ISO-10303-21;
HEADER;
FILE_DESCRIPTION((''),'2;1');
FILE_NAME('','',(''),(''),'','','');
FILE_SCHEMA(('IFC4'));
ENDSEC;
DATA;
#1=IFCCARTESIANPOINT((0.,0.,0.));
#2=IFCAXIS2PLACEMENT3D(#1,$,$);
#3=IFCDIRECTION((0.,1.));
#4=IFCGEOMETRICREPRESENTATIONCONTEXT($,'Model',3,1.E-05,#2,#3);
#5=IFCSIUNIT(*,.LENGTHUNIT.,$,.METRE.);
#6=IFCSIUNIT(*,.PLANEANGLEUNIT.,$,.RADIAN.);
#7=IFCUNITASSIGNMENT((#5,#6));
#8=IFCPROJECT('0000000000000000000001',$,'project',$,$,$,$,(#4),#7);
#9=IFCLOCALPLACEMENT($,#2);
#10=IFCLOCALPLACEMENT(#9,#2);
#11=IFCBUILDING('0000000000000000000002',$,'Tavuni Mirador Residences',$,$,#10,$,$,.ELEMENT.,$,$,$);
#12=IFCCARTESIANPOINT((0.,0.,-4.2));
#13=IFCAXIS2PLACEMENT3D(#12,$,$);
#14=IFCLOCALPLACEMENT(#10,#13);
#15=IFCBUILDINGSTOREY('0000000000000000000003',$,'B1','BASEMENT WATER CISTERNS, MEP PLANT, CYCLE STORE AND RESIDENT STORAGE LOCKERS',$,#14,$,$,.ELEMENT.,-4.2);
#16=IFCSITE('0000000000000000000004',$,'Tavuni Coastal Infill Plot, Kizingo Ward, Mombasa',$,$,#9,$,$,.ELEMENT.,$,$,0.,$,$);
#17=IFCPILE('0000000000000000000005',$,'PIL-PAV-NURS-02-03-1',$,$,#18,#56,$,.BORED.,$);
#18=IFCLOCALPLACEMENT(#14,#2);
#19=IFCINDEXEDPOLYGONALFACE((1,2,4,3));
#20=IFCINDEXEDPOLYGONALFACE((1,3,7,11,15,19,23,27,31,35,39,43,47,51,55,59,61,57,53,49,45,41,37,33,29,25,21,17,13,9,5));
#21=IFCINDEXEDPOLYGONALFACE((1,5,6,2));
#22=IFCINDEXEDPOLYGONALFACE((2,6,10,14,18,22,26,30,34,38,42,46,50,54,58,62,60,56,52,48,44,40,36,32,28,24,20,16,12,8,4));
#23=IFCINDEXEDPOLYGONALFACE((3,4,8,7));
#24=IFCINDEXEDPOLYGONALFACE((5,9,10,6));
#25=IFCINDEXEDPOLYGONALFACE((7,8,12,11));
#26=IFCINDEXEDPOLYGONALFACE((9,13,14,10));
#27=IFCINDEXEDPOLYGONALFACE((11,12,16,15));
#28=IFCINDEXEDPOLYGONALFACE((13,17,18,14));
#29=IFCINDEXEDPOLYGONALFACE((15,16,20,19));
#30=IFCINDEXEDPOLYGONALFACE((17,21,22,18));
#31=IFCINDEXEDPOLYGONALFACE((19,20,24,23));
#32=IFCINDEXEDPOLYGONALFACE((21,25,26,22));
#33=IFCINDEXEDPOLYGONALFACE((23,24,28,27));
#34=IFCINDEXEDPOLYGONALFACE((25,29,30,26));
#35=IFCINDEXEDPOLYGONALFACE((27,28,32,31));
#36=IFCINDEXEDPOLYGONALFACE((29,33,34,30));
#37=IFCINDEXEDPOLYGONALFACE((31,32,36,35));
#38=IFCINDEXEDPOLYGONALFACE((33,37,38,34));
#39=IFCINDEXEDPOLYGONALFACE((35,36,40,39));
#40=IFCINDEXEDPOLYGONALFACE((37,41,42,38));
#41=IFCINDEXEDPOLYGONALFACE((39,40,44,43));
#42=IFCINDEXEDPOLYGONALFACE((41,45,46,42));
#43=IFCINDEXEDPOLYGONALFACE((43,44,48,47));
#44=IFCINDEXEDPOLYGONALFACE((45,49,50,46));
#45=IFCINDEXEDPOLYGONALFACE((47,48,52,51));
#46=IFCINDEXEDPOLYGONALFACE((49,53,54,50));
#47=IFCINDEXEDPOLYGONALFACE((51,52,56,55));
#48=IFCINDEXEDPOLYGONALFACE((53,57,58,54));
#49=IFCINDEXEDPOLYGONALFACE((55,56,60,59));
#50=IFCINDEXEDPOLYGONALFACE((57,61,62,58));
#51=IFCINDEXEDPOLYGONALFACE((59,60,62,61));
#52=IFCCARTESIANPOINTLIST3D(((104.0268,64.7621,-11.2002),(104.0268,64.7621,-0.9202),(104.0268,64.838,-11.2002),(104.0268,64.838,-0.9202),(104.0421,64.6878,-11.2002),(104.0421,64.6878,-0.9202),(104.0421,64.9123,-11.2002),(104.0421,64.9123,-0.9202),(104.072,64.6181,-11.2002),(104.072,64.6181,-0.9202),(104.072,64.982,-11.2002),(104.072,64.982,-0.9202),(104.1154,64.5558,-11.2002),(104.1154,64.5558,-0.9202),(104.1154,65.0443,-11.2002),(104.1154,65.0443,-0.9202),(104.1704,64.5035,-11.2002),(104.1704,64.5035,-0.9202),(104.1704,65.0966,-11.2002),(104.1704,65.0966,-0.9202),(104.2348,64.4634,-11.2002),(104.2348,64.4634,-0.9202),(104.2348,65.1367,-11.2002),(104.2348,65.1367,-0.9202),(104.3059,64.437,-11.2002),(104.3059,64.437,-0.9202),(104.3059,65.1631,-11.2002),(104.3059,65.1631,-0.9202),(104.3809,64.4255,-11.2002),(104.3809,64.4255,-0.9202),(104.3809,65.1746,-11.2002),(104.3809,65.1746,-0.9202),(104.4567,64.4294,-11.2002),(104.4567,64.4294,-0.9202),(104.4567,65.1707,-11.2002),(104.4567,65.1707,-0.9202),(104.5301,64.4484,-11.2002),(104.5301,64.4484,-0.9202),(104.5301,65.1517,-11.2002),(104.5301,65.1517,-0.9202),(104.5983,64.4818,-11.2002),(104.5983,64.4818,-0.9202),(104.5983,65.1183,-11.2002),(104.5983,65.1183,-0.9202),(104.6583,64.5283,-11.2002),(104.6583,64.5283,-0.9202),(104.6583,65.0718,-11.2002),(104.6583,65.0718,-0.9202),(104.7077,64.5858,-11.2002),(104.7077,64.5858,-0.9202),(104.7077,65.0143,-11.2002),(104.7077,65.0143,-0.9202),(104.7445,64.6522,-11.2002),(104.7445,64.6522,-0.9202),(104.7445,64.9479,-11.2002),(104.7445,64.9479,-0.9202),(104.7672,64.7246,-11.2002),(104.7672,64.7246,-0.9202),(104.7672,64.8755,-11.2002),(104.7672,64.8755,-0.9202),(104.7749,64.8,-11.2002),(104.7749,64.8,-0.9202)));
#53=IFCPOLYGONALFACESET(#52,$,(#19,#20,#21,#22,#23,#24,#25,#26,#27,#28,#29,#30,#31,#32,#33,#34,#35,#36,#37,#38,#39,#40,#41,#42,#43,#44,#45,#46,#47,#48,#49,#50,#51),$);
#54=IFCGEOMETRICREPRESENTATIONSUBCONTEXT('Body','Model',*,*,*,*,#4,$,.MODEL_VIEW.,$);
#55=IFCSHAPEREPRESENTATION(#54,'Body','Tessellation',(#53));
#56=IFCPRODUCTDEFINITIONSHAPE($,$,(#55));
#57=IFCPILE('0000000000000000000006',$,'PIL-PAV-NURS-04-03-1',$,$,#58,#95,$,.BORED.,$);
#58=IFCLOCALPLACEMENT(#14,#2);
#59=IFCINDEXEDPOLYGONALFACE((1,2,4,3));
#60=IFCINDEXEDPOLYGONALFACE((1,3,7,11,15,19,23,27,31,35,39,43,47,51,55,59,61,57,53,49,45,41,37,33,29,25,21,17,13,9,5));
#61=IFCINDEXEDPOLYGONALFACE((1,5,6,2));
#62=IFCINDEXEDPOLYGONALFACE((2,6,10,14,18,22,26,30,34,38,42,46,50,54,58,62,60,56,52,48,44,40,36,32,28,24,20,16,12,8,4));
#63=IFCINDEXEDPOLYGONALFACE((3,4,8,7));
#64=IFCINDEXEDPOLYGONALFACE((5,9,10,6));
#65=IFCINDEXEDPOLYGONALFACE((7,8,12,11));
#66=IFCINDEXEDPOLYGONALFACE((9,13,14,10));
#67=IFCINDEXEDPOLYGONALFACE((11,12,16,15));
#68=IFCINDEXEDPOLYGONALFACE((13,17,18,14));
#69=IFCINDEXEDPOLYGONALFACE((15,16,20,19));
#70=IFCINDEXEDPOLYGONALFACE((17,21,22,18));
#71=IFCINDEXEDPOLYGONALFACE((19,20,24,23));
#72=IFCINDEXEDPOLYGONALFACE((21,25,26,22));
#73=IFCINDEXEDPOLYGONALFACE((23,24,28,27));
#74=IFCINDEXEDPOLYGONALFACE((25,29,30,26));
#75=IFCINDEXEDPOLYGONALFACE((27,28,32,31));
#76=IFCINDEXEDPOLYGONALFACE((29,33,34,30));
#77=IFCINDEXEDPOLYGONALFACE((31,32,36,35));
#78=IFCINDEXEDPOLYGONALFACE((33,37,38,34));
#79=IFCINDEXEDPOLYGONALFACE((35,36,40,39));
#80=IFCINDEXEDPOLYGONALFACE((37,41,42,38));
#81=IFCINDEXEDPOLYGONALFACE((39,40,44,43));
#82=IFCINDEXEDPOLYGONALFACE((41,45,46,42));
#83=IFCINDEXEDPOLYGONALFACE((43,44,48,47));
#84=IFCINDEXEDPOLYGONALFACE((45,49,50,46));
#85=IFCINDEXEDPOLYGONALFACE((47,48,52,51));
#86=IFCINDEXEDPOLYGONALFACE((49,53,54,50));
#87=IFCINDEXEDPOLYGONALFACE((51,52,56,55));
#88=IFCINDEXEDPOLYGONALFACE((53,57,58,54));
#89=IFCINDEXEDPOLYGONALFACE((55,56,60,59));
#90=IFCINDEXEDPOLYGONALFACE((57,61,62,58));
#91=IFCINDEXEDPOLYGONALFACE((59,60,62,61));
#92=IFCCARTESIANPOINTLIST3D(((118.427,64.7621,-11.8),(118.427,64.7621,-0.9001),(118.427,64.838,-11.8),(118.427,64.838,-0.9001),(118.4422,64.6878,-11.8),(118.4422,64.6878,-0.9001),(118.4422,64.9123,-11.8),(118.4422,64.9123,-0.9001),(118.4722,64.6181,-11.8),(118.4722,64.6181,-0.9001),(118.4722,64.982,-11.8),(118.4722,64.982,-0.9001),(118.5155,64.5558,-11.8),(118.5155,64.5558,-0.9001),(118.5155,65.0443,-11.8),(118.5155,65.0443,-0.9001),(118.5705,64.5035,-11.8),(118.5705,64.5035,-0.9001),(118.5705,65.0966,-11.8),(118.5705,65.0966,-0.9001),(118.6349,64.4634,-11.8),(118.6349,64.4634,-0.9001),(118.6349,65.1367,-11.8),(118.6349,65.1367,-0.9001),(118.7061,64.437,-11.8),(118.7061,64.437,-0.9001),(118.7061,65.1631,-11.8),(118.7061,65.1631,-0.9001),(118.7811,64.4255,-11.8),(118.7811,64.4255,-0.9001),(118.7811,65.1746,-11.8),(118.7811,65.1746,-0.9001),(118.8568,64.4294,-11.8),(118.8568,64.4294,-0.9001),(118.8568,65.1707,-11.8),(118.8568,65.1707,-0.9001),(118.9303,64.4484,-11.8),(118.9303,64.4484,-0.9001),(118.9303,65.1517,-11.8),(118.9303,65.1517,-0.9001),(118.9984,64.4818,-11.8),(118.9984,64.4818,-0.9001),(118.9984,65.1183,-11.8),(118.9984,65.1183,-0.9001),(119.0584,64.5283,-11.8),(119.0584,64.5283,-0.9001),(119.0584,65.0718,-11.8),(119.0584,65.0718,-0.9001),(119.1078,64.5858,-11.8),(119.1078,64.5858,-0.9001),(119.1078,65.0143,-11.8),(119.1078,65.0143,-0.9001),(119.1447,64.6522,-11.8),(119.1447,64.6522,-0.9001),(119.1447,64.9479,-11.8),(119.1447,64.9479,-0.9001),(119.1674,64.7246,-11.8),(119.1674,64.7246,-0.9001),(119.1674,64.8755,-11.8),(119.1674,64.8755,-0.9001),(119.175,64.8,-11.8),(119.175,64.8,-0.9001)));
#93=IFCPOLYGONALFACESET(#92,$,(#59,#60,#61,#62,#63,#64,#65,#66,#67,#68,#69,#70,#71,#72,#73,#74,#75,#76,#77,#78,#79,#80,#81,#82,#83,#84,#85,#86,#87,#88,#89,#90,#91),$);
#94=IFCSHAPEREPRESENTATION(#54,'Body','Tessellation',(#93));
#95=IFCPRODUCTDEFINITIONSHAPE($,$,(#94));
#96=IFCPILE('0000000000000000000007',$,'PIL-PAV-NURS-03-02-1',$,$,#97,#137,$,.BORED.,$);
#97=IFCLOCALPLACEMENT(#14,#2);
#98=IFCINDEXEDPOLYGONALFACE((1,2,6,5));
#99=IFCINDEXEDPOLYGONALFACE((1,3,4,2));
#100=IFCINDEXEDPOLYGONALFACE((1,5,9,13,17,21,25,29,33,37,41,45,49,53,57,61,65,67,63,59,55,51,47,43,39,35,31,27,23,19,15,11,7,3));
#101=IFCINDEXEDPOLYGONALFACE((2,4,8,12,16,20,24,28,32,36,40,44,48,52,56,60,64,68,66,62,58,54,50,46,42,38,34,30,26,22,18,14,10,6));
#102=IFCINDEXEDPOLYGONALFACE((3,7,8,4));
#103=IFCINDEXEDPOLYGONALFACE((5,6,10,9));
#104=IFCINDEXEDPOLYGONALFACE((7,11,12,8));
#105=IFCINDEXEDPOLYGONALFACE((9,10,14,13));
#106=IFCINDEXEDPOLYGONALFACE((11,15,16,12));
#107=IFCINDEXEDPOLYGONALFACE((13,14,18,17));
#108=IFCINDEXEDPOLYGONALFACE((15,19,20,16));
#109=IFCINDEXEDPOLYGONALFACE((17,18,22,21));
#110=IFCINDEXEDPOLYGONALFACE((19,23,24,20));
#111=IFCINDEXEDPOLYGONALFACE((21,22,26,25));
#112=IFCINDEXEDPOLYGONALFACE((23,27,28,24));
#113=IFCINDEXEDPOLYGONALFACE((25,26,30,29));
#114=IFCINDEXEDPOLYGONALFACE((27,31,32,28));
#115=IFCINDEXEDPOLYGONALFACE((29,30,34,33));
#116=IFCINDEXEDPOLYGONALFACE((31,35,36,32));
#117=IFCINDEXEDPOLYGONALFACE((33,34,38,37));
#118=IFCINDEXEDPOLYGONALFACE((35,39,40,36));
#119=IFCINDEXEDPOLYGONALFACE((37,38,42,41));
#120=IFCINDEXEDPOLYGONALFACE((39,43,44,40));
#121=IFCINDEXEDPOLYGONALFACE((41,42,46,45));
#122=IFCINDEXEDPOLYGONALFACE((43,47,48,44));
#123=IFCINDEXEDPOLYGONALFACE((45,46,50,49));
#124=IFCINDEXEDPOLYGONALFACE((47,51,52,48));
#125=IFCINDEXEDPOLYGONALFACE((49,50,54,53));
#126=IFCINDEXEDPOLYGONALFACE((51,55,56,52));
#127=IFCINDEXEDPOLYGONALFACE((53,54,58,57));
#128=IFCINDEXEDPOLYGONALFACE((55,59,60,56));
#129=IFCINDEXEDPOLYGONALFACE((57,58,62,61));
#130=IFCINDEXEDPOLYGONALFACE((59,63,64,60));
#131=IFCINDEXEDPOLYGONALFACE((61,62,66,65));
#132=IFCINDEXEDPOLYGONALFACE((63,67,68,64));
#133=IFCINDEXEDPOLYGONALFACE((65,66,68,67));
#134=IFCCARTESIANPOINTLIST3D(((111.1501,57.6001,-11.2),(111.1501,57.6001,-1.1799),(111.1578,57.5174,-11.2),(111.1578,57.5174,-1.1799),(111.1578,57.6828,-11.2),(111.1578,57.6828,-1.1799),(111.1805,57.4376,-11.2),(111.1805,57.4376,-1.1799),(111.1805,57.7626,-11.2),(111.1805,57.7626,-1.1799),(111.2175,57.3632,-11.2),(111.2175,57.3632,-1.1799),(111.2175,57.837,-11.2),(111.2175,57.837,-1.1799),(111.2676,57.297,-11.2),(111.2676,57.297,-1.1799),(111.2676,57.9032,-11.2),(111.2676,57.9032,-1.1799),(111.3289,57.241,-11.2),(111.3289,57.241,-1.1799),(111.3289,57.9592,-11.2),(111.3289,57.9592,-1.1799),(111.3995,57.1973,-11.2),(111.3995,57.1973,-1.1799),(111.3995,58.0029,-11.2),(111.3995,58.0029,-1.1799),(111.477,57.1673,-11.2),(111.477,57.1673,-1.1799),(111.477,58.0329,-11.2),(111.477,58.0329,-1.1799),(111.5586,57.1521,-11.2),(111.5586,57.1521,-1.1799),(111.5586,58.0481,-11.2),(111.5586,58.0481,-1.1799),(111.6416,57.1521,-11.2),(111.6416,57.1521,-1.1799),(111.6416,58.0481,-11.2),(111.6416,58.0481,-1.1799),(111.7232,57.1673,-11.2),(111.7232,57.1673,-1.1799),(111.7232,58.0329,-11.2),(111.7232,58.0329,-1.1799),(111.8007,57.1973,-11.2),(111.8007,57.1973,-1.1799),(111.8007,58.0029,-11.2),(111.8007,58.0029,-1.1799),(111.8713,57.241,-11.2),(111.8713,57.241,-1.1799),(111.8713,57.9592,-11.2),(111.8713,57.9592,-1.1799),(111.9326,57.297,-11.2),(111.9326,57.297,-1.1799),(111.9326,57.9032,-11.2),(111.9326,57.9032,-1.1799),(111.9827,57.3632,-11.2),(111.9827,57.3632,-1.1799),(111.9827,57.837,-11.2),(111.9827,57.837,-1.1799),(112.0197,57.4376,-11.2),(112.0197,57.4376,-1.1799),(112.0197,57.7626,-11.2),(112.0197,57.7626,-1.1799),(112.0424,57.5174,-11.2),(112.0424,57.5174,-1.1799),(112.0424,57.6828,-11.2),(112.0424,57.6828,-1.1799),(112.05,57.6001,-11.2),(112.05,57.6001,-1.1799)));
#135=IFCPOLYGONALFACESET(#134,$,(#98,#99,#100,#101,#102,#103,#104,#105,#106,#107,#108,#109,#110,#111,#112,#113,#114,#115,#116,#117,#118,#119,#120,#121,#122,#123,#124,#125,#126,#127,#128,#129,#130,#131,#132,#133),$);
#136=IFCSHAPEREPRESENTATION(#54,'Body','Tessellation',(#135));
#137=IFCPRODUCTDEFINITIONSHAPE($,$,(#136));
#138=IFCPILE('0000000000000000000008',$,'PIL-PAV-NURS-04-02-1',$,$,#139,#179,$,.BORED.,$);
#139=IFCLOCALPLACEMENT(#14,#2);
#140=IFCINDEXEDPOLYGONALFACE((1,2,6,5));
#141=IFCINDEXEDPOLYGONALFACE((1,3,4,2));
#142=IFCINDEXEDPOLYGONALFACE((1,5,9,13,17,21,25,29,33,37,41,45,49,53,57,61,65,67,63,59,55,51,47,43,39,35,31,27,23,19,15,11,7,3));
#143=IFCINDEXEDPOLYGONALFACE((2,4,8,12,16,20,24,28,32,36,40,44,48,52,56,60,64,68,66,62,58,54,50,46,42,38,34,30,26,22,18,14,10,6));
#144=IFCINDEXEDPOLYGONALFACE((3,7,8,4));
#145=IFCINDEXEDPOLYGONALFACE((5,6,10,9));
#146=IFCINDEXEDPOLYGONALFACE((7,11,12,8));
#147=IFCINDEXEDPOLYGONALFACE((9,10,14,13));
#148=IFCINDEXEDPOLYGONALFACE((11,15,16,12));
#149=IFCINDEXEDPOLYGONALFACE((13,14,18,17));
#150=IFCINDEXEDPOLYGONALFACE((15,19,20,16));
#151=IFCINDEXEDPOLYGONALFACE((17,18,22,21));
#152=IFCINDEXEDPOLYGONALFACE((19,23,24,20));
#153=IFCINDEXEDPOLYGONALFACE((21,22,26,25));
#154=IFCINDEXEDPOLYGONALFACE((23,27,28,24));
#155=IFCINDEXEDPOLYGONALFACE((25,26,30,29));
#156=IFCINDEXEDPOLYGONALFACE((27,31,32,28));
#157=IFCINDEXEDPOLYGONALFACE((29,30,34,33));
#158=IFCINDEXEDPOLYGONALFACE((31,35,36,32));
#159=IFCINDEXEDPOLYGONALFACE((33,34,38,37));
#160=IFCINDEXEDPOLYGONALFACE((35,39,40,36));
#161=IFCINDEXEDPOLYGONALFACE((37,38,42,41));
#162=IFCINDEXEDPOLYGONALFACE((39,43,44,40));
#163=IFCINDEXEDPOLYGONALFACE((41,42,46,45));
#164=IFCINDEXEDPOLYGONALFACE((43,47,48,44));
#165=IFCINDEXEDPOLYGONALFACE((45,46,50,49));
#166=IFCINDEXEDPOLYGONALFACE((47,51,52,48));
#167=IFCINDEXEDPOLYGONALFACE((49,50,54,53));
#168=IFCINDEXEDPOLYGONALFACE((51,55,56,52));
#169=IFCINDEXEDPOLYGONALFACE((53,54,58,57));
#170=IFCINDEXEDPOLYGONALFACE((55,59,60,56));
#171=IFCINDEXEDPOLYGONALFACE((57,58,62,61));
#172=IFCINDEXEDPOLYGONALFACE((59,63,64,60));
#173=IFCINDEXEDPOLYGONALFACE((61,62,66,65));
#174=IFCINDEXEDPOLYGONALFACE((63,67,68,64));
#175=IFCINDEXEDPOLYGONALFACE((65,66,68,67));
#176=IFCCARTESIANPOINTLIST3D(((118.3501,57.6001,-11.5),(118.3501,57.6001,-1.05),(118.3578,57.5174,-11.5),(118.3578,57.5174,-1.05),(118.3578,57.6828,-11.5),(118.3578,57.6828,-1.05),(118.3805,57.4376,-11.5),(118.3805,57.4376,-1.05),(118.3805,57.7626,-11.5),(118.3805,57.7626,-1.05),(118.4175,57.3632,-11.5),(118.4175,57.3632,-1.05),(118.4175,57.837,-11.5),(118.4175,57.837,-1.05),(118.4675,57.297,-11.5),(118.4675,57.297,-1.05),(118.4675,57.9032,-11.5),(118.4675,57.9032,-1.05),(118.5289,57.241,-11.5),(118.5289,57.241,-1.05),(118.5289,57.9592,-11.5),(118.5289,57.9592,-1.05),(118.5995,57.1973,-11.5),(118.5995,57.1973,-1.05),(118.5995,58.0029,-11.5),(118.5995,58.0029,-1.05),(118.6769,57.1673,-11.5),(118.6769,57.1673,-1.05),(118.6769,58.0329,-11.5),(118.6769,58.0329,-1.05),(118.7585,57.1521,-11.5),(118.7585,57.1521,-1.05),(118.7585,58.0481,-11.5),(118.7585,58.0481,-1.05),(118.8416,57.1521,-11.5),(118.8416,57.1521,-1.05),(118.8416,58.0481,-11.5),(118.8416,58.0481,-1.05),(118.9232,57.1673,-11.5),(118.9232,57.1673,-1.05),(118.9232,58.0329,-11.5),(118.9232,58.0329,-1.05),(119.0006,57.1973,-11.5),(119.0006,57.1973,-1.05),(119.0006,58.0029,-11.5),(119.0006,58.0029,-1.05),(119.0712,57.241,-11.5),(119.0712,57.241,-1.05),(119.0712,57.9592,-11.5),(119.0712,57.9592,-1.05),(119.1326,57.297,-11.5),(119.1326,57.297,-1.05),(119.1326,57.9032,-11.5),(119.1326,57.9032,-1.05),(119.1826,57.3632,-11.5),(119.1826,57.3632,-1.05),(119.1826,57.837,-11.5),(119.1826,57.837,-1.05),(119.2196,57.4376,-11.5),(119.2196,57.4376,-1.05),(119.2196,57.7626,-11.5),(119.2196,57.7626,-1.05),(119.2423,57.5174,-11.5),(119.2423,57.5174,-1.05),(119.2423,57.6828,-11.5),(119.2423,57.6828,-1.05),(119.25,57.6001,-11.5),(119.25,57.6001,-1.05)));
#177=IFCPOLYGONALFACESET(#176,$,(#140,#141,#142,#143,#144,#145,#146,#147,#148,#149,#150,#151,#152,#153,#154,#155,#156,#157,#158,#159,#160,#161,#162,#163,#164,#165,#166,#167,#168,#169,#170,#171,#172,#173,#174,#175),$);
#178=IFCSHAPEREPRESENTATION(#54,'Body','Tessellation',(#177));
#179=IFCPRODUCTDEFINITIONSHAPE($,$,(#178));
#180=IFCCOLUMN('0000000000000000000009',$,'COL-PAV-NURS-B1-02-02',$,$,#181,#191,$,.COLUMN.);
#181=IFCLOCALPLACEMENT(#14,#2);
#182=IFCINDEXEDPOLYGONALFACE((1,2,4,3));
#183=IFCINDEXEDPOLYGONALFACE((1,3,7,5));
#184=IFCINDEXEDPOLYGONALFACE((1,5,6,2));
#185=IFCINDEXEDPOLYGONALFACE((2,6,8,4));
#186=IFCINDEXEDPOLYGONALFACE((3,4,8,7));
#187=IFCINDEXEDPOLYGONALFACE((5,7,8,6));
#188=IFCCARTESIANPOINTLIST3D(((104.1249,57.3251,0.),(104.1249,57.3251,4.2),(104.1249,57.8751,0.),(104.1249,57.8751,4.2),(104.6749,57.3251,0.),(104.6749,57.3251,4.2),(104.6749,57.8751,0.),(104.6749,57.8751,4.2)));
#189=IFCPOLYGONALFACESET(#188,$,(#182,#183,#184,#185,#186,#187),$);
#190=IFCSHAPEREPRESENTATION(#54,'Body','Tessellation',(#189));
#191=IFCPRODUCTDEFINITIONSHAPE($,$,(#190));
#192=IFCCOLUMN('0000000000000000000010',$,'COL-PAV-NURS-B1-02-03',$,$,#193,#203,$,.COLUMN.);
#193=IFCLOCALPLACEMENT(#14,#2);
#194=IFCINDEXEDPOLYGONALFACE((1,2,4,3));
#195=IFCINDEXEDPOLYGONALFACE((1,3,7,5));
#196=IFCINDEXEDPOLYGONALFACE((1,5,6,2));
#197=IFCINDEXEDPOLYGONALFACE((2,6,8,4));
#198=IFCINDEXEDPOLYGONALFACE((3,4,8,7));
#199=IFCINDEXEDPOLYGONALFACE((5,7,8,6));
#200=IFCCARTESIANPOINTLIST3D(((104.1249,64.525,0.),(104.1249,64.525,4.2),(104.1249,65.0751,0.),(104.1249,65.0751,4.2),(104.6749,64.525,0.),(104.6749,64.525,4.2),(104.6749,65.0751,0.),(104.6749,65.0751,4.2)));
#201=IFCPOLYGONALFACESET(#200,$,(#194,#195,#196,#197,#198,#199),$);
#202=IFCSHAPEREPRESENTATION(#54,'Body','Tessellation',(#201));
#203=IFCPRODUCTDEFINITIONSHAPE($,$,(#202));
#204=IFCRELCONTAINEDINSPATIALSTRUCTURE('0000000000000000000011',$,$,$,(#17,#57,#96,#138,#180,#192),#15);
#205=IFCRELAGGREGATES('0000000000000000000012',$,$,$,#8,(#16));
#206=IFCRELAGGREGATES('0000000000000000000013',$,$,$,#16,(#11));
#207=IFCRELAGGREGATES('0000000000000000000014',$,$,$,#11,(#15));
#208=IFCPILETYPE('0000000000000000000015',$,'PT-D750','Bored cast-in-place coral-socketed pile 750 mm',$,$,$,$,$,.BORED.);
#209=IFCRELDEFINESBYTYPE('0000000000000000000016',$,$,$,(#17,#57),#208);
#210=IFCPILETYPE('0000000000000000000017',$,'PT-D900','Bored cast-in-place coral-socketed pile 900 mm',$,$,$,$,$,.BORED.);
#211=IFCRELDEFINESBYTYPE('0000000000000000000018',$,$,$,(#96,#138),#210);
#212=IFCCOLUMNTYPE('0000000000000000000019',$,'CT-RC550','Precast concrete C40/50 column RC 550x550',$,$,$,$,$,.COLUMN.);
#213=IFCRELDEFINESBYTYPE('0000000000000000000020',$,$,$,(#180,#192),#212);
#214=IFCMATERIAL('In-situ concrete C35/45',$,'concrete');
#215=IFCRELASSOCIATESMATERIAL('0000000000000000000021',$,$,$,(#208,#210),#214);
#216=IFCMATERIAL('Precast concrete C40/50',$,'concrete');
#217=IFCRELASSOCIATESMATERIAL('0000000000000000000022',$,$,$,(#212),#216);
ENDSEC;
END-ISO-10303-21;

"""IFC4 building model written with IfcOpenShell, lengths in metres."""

from ifc_helpers import new_model, si_unit, direction, frame, origin, origin_2d, place, context, subcontext, project, spatial, rectangle, circle, extrude, material, material_profile, profile_set, type_object, element, save


model = new_model("IFC4")

# Units and contexts
model_context = context("Model", 3, precision=1e-05, world=origin(), true_north=direction((0.0, 1.0)))
body_context = subcontext(model_context, "Body", "Model", "MODEL_VIEW")
ifc_project = project(units=[si_unit("LENGTHUNIT", "METRE"), si_unit("PLANEANGLEUNIT", "RADIAN")], contexts=[model_context])

# Site, building, storey
site_placement = place(None, origin())
site = spatial("IfcSite", under=ifc_project, at=site_placement, Name="Tavuni Coastal Infill Plot, Kizingo Ward, Mombasa", CompositionType="ELEMENT", RefElevation=0.0)
building_placement = place(site_placement, origin())
building = spatial("IfcBuilding", under=site, at=building_placement, Name="Tavuni Mirador Residences", CompositionType="ELEMENT")
storey_placement = place(building_placement, frame((0.0, 0.0, -4.2)))
storey = spatial("IfcBuildingStorey", under=building, at=storey_placement, Name="B1", Description="BASEMENT WATER CISTERNS, MEP PLANT, CYCLE STORE AND RESIDENT STORAGE LOCKERS", CompositionType="ELEMENT", Elevation=-4.2)

# Shared definitions
ifc_material_1 = material(Name="In-situ concrete C35/45", Category="concrete")

# Piles
ifc_material_profile_1 = material_profile(ifc_material_1, circle(Radius=0.375, at=origin_2d()), Name="PILE D750", Category="concrete")
ifc_profile_set_1 = profile_set([ifc_material_profile_1], Name="In-situ concrete C35/45")
pile_type_1 = type_object("IfcPileType", Name="PT-D750", Description="Bored cast-in-place coral-socketed pile 750 mm", PredefinedType="BORED", material=ifc_profile_set_1)
pile_1_placement = place(storey_placement, frame((104.3999, 64.8, -0.9202), z_axis=(0.0, 0.0, -1.0), x_axis=(1.0, 0.0, 0.0)))
element("IfcPile", 1, at=pile_1_placement, inside=storey, type_object=pile_type_1, Name="PIL-PAV-NURS-02-03-1", PredefinedType="BORED", context=body_context, shape_type="SweptSolid", body=[
    extrude(circle(Radius=0.375, at=origin_2d()), origin(), (0.0, 0.0, 1.0), 10.28),
])
pile_2_placement = place(storey_placement, frame((118.8, 64.8, -0.9001), z_axis=(0.0, 0.0, -1.0), x_axis=(1.0, 0.0, 0.0)))
element("IfcPile", 2, at=pile_2_placement, inside=storey, type_object=pile_type_1, Name="PIL-PAV-NURS-04-03-1", PredefinedType="BORED", context=body_context, shape_type="SweptSolid", body=[
    extrude(circle(Radius=0.375, at=origin_2d()), origin(), (0.0, 0.0, 1.0), 10.8999),
])
ifc_material_profile_2 = material_profile(ifc_material_1, circle(Radius=0.45, at=origin_2d()), Name="PILE D900", Category="concrete")
ifc_profile_set_2 = profile_set([ifc_material_profile_2], Name="In-situ concrete C35/45")
pile_type_2 = type_object("IfcPileType", Name="PT-D900", Description="Bored cast-in-place coral-socketed pile 900 mm", PredefinedType="BORED", material=ifc_profile_set_2)
pile_3_placement = place(storey_placement, frame((111.6001, 57.6001, -1.1799), z_axis=(0.0, 0.0, -1.0), x_axis=(1.0, 0.0, 0.0)))
element("IfcPile", 3, at=pile_3_placement, inside=storey, type_object=pile_type_2, Name="PIL-PAV-NURS-03-02-1", PredefinedType="BORED", context=body_context, shape_type="SweptSolid", body=[
    extrude(circle(Radius=0.45, at=origin_2d()), origin(), (0.0, 0.0, 1.0), 10.02),
])
pile_4_placement = place(storey_placement, frame((118.8, 57.6001, -1.05), z_axis=(0.0, 0.0, -1.0), x_axis=(1.0, 0.0, 0.0)))
element("IfcPile", 4, at=pile_4_placement, inside=storey, type_object=pile_type_2, Name="PIL-PAV-NURS-04-02-1", PredefinedType="BORED", context=body_context, shape_type="SweptSolid", body=[
    extrude(circle(Radius=0.45, at=origin_2d()), origin(), (0.0, 0.0, 1.0), 10.45),
])

# Columns
ifc_material_2 = material(Name="Precast concrete C40/50", Category="concrete")
ifc_material_profile_3 = material_profile(ifc_material_2, rectangle(XDim=0.55, YDim=0.55, at=origin_2d()), Name="RC 550x550", Category="concrete")
ifc_profile_set_3 = profile_set([ifc_material_profile_3], Name="Precast concrete C40/50")
column_type = type_object("IfcColumnType", Name="CT-RC550", Description="Precast concrete C40/50 column RC 550x550", PredefinedType="COLUMN", material=ifc_profile_set_3)
for number, where, z_axis, x_axis, name in (
    (5, (104.3999, 57.6001, 0.0), (0.0, 0.0, 1.0), (1.0, 0.0, 0.0), "COL-PAV-NURS-B1-02-02"),
    (6, (104.3999, 64.8, 0.0), (0.0, 0.0, 1.0), (1.0, 0.0, 0.0), "COL-PAV-NURS-B1-02-03"),
):
    element("IfcColumn", number, at=place(storey_placement, frame(where, z_axis=z_axis, x_axis=x_axis)), inside=storey, type_object=column_type, Name=name, PredefinedType="COLUMN", context=body_context, shape_type="SweptSolid", body=[
        extrude(rectangle(XDim=0.55, YDim=0.55, at=origin_2d()), origin(), (0.0, 0.0, 1.0), 4.2),
    ])

save(model, "model.ifc")
